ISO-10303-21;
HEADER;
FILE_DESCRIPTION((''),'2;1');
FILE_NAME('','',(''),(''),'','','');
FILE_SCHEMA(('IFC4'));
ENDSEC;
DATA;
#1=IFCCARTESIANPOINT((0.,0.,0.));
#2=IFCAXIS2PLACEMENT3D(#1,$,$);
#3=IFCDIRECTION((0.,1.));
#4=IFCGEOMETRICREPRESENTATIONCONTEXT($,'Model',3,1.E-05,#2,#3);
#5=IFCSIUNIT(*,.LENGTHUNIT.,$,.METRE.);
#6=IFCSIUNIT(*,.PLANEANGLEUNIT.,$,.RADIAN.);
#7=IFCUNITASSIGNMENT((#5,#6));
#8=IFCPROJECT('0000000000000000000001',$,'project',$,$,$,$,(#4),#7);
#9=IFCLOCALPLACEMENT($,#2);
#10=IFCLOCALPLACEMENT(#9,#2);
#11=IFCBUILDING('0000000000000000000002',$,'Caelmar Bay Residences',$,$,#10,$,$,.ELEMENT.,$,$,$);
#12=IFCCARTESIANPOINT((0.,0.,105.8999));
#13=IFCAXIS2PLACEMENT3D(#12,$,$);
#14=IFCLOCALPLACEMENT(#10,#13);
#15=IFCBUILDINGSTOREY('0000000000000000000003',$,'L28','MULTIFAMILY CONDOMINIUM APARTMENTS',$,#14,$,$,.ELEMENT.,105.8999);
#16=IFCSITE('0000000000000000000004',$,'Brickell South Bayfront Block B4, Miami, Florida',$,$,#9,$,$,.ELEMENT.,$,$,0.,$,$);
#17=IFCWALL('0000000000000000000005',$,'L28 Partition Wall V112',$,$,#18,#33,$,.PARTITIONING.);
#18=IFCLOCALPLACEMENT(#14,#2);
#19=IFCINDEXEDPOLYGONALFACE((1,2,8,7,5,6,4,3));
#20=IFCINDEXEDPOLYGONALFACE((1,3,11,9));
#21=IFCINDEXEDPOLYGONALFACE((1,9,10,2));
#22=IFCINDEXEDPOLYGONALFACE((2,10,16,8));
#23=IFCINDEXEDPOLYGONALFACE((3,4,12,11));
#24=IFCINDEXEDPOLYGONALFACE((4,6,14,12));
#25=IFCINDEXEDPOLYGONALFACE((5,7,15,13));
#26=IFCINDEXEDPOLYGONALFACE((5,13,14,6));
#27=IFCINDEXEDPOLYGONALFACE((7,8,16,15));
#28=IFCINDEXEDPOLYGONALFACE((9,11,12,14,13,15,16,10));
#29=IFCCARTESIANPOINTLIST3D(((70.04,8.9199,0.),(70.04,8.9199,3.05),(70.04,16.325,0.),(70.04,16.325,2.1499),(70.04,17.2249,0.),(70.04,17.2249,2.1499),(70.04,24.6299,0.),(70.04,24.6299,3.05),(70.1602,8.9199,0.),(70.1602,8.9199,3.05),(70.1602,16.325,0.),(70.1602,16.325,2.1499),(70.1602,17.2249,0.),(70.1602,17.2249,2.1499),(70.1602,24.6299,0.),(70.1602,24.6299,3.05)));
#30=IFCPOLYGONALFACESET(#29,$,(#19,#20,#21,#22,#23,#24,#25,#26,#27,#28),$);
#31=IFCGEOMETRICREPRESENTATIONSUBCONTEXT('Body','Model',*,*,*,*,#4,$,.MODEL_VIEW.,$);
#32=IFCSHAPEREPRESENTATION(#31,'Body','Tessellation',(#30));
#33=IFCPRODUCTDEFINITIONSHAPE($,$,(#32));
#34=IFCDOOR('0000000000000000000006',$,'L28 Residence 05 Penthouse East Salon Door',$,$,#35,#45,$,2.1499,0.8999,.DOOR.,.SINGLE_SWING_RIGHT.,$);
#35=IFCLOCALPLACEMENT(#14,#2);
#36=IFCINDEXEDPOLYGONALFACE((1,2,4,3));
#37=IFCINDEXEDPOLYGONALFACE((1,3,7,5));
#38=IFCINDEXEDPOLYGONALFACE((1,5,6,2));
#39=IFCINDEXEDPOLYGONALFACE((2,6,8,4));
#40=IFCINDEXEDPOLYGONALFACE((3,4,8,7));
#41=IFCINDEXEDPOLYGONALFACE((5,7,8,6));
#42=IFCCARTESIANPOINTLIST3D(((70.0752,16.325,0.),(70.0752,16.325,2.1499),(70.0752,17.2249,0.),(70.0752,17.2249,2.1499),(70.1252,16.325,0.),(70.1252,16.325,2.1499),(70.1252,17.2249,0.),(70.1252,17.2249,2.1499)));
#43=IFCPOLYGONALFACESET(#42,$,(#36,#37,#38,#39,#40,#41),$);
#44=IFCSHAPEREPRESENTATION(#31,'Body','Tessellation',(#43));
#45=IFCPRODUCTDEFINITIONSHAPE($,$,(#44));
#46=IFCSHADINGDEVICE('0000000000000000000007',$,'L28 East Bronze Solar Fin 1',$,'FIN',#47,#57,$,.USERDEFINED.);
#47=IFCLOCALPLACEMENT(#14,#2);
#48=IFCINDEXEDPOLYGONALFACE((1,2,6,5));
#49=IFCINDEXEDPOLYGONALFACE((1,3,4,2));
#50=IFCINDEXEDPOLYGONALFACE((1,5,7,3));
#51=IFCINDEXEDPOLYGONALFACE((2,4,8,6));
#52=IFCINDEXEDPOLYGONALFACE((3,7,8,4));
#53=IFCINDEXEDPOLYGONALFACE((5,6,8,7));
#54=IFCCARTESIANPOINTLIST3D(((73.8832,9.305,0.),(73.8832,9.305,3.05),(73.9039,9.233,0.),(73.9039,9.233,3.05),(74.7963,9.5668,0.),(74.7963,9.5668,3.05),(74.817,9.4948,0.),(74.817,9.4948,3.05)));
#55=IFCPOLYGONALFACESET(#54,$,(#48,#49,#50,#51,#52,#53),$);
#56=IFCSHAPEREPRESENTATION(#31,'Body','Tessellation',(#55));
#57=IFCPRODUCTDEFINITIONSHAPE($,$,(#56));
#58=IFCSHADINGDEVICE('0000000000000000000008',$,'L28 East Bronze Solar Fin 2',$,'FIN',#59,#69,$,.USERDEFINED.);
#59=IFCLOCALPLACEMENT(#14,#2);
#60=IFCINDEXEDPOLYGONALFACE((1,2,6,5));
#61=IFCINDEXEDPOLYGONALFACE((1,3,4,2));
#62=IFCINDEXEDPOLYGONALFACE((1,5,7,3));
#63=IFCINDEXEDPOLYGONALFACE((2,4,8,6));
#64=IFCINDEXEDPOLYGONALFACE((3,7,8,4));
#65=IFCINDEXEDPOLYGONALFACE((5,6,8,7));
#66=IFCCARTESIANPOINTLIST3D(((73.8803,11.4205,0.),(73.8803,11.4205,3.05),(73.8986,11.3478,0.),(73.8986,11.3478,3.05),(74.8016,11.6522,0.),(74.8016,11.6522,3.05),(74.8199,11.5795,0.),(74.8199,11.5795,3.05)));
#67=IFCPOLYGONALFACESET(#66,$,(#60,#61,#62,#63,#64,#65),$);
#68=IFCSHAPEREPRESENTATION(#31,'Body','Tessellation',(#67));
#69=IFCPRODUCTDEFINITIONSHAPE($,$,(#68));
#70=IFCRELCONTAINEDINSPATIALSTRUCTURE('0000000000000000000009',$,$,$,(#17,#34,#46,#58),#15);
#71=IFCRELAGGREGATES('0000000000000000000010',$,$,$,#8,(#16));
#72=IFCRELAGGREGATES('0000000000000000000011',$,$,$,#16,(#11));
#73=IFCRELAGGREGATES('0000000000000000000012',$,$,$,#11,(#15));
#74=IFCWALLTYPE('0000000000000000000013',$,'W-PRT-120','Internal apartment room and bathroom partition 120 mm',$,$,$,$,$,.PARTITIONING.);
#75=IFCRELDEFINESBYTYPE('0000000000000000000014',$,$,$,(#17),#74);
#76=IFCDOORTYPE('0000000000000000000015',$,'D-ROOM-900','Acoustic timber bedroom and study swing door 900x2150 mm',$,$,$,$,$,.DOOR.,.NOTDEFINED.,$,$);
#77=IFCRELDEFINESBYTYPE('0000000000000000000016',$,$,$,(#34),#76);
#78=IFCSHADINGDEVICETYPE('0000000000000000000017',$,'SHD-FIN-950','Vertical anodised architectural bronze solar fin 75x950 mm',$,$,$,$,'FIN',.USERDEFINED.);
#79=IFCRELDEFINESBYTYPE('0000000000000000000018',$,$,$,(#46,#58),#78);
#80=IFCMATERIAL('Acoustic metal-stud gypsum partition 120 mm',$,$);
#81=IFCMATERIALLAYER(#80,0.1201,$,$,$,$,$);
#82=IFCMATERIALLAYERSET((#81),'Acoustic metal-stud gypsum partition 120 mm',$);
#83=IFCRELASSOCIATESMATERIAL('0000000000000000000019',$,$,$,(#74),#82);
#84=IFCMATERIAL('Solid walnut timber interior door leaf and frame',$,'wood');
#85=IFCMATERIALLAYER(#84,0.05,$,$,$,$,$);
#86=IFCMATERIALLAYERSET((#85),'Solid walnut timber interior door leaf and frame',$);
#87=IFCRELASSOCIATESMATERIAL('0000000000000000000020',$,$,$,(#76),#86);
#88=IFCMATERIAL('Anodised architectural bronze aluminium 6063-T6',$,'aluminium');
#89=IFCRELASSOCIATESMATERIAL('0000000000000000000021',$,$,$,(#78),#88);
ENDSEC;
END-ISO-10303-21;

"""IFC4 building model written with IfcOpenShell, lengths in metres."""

from ifc_helpers import new_model, si_unit, direction, frame, frame_2d, origin, origin_2d, place, context, subcontext, project, spatial, rectangle, extrude, material, layer, layer_set, material_profile, profile_set, type_object, element, fill, save


model = new_model("IFC4")

# Units and contexts
model_context = context("Model", 3, precision=1e-05, world=origin(), true_north=direction((0.0, 1.0)))
body_context = subcontext(model_context, "Body", "Model", "MODEL_VIEW")
ifc_project = project(units=[si_unit("LENGTHUNIT", "METRE"), si_unit("PLANEANGLEUNIT", "RADIAN")], contexts=[model_context])

# Site, building, storey
site_placement = place(None, origin())
site = spatial("IfcSite", under=ifc_project, at=site_placement, Name="Brickell South Bayfront Block B4, Miami, Florida", CompositionType="ELEMENT", RefElevation=0.0)
building_placement = place(site_placement, origin())
building = spatial("IfcBuilding", under=site, at=building_placement, Name="Caelmar Bay Residences", CompositionType="ELEMENT")
storey_placement = place(building_placement, frame((0.0, 0.0, 105.8999)))
storey = spatial("IfcBuildingStorey", under=building, at=storey_placement, Name="L28", Description="MULTIFAMILY CONDOMINIUM APARTMENTS", CompositionType="ELEMENT", Elevation=105.8999)

# Wall, opening, door
ifc_material_1 = material(Name="Acoustic metal-stud gypsum partition 120 mm")
ifc_layer_1 = layer(ifc_material_1, 0.1201)
ifc_layer_set_1 = layer_set([ifc_layer_1], Name="Acoustic metal-stud gypsum partition 120 mm")
wall_type_1 = type_object("IfcWallType", Name="W-PRT-120", Description="Internal apartment room and bathroom partition 120 mm", PredefinedType="PARTITIONING", material=ifc_layer_set_1)
wall_1_placement = place(storey_placement, frame((70.1001, 8.9199, 0.0), z_axis=(0.0, 0.0, 1.0), x_axis=(0.0, 1.0, 0.0)))
wall_1 = element("IfcWall", 1, at=wall_1_placement, inside=storey, type_object=wall_type_1, Name="L28 Partition Wall V112", PredefinedType="PARTITIONING", context=body_context, shape_type="SweptSolid", body=[
    extrude(rectangle(XDim=15.71, YDim=0.1201, at=frame_2d((7.855, 0.0))), origin(), (0.0, 0.0, 1.0), 3.05),
])
opening_placement = place(wall_1_placement, frame((7.405, 0.0, 0.0)))
opening = element("IfcOpeningElement", 2, at=opening_placement, cuts=wall_1, PredefinedType="OPENING", context=body_context, shape_type="SweptSolid", body=[
    extrude(rectangle(XDim=0.8999, YDim=2.1499, at=frame_2d((0.45, 1.075))), frame((0.0, 0.0701, 0.0), z_axis=(0.0, -1.0, 0.0), x_axis=(1.0, 0.0, 0.0)), (0.0, 0.0, 1.0), 0.1401),
])
ifc_material_2 = material(Name="Solid walnut timber interior door leaf and frame", Category="wood")
ifc_layer_2 = layer(ifc_material_2, 0.05)
ifc_layer_set_2 = layer_set([ifc_layer_2], Name="Solid walnut timber interior door leaf and frame")
door_type = type_object("IfcDoorType", Name="D-ROOM-900", Description="Acoustic timber bedroom and study swing door 900x2150 mm", OperationType="NOTDEFINED", PredefinedType="DOOR", material=ifc_layer_set_2)
door_placement = place(opening_placement, origin())
door = element("IfcDoor", 3, at=door_placement, inside=storey, type_object=door_type, Name="L28 Residence 05 Penthouse East Salon Door", OperationType="SINGLE_SWING_RIGHT", OverallHeight=2.1499, OverallWidth=0.8999, PredefinedType="DOOR", context=body_context, shape_type="SweptSolid", body=[
    extrude(rectangle(XDim=0.8999, YDim=2.1499, at=frame_2d((0.45, 1.075))), frame((0.0, 0.0249, 0.0), z_axis=(0.0, -1.0, 0.0), x_axis=(1.0, 0.0, 0.0)), (0.0, 0.0, 1.0), 0.05),
])
fill(opening, door)

# Shading devices
ifc_material_3 = material(Name="Anodised architectural bronze aluminium 6063-T6", Category="aluminium")
ifc_material_profile_1 = material_profile(ifc_material_3, rectangle(XDim=0.075, YDim=0.95, at=origin_2d()), Name="BRONZE-FIN-75X950")
ifc_profile_set_1 = profile_set([ifc_material_profile_1], Name="Anodised architectural bronze aluminium 6063-T6")
shading_device_type = type_object("IfcShadingDeviceType", Name="SHD-FIN-950", Description="Vertical anodised architectural bronze solar fin 75x950 mm", ElementType="FIN", PredefinedType="USERDEFINED", material=ifc_profile_set_1)
for number, where, z_axis, x_axis, name in (
    (4, (74.3501, 9.3999, 0.0), (0.0, 0.0, 1.0), (-0.275637, 0.961262, 0.0), "L28 East Bronze Solar Fin 1"),
    (5, (74.3501, 11.5, 0.0), (0.0, 0.0, 1.0), (-0.243954, 0.969787, 0.0), "L28 East Bronze Solar Fin 2"),
):
    element("IfcShadingDevice", number, at=place(storey_placement, frame(where, z_axis=z_axis, x_axis=x_axis)), inside=storey, type_object=shading_device_type, Name=name, ObjectType="FIN", PredefinedType="USERDEFINED", context=body_context, shape_type="SweptSolid", body=[
        extrude(rectangle(XDim=0.075, YDim=0.95, at=origin_2d()), origin(), (0.0, 0.0, 1.0), 3.05),
    ])

save(model, "model.ifc")
